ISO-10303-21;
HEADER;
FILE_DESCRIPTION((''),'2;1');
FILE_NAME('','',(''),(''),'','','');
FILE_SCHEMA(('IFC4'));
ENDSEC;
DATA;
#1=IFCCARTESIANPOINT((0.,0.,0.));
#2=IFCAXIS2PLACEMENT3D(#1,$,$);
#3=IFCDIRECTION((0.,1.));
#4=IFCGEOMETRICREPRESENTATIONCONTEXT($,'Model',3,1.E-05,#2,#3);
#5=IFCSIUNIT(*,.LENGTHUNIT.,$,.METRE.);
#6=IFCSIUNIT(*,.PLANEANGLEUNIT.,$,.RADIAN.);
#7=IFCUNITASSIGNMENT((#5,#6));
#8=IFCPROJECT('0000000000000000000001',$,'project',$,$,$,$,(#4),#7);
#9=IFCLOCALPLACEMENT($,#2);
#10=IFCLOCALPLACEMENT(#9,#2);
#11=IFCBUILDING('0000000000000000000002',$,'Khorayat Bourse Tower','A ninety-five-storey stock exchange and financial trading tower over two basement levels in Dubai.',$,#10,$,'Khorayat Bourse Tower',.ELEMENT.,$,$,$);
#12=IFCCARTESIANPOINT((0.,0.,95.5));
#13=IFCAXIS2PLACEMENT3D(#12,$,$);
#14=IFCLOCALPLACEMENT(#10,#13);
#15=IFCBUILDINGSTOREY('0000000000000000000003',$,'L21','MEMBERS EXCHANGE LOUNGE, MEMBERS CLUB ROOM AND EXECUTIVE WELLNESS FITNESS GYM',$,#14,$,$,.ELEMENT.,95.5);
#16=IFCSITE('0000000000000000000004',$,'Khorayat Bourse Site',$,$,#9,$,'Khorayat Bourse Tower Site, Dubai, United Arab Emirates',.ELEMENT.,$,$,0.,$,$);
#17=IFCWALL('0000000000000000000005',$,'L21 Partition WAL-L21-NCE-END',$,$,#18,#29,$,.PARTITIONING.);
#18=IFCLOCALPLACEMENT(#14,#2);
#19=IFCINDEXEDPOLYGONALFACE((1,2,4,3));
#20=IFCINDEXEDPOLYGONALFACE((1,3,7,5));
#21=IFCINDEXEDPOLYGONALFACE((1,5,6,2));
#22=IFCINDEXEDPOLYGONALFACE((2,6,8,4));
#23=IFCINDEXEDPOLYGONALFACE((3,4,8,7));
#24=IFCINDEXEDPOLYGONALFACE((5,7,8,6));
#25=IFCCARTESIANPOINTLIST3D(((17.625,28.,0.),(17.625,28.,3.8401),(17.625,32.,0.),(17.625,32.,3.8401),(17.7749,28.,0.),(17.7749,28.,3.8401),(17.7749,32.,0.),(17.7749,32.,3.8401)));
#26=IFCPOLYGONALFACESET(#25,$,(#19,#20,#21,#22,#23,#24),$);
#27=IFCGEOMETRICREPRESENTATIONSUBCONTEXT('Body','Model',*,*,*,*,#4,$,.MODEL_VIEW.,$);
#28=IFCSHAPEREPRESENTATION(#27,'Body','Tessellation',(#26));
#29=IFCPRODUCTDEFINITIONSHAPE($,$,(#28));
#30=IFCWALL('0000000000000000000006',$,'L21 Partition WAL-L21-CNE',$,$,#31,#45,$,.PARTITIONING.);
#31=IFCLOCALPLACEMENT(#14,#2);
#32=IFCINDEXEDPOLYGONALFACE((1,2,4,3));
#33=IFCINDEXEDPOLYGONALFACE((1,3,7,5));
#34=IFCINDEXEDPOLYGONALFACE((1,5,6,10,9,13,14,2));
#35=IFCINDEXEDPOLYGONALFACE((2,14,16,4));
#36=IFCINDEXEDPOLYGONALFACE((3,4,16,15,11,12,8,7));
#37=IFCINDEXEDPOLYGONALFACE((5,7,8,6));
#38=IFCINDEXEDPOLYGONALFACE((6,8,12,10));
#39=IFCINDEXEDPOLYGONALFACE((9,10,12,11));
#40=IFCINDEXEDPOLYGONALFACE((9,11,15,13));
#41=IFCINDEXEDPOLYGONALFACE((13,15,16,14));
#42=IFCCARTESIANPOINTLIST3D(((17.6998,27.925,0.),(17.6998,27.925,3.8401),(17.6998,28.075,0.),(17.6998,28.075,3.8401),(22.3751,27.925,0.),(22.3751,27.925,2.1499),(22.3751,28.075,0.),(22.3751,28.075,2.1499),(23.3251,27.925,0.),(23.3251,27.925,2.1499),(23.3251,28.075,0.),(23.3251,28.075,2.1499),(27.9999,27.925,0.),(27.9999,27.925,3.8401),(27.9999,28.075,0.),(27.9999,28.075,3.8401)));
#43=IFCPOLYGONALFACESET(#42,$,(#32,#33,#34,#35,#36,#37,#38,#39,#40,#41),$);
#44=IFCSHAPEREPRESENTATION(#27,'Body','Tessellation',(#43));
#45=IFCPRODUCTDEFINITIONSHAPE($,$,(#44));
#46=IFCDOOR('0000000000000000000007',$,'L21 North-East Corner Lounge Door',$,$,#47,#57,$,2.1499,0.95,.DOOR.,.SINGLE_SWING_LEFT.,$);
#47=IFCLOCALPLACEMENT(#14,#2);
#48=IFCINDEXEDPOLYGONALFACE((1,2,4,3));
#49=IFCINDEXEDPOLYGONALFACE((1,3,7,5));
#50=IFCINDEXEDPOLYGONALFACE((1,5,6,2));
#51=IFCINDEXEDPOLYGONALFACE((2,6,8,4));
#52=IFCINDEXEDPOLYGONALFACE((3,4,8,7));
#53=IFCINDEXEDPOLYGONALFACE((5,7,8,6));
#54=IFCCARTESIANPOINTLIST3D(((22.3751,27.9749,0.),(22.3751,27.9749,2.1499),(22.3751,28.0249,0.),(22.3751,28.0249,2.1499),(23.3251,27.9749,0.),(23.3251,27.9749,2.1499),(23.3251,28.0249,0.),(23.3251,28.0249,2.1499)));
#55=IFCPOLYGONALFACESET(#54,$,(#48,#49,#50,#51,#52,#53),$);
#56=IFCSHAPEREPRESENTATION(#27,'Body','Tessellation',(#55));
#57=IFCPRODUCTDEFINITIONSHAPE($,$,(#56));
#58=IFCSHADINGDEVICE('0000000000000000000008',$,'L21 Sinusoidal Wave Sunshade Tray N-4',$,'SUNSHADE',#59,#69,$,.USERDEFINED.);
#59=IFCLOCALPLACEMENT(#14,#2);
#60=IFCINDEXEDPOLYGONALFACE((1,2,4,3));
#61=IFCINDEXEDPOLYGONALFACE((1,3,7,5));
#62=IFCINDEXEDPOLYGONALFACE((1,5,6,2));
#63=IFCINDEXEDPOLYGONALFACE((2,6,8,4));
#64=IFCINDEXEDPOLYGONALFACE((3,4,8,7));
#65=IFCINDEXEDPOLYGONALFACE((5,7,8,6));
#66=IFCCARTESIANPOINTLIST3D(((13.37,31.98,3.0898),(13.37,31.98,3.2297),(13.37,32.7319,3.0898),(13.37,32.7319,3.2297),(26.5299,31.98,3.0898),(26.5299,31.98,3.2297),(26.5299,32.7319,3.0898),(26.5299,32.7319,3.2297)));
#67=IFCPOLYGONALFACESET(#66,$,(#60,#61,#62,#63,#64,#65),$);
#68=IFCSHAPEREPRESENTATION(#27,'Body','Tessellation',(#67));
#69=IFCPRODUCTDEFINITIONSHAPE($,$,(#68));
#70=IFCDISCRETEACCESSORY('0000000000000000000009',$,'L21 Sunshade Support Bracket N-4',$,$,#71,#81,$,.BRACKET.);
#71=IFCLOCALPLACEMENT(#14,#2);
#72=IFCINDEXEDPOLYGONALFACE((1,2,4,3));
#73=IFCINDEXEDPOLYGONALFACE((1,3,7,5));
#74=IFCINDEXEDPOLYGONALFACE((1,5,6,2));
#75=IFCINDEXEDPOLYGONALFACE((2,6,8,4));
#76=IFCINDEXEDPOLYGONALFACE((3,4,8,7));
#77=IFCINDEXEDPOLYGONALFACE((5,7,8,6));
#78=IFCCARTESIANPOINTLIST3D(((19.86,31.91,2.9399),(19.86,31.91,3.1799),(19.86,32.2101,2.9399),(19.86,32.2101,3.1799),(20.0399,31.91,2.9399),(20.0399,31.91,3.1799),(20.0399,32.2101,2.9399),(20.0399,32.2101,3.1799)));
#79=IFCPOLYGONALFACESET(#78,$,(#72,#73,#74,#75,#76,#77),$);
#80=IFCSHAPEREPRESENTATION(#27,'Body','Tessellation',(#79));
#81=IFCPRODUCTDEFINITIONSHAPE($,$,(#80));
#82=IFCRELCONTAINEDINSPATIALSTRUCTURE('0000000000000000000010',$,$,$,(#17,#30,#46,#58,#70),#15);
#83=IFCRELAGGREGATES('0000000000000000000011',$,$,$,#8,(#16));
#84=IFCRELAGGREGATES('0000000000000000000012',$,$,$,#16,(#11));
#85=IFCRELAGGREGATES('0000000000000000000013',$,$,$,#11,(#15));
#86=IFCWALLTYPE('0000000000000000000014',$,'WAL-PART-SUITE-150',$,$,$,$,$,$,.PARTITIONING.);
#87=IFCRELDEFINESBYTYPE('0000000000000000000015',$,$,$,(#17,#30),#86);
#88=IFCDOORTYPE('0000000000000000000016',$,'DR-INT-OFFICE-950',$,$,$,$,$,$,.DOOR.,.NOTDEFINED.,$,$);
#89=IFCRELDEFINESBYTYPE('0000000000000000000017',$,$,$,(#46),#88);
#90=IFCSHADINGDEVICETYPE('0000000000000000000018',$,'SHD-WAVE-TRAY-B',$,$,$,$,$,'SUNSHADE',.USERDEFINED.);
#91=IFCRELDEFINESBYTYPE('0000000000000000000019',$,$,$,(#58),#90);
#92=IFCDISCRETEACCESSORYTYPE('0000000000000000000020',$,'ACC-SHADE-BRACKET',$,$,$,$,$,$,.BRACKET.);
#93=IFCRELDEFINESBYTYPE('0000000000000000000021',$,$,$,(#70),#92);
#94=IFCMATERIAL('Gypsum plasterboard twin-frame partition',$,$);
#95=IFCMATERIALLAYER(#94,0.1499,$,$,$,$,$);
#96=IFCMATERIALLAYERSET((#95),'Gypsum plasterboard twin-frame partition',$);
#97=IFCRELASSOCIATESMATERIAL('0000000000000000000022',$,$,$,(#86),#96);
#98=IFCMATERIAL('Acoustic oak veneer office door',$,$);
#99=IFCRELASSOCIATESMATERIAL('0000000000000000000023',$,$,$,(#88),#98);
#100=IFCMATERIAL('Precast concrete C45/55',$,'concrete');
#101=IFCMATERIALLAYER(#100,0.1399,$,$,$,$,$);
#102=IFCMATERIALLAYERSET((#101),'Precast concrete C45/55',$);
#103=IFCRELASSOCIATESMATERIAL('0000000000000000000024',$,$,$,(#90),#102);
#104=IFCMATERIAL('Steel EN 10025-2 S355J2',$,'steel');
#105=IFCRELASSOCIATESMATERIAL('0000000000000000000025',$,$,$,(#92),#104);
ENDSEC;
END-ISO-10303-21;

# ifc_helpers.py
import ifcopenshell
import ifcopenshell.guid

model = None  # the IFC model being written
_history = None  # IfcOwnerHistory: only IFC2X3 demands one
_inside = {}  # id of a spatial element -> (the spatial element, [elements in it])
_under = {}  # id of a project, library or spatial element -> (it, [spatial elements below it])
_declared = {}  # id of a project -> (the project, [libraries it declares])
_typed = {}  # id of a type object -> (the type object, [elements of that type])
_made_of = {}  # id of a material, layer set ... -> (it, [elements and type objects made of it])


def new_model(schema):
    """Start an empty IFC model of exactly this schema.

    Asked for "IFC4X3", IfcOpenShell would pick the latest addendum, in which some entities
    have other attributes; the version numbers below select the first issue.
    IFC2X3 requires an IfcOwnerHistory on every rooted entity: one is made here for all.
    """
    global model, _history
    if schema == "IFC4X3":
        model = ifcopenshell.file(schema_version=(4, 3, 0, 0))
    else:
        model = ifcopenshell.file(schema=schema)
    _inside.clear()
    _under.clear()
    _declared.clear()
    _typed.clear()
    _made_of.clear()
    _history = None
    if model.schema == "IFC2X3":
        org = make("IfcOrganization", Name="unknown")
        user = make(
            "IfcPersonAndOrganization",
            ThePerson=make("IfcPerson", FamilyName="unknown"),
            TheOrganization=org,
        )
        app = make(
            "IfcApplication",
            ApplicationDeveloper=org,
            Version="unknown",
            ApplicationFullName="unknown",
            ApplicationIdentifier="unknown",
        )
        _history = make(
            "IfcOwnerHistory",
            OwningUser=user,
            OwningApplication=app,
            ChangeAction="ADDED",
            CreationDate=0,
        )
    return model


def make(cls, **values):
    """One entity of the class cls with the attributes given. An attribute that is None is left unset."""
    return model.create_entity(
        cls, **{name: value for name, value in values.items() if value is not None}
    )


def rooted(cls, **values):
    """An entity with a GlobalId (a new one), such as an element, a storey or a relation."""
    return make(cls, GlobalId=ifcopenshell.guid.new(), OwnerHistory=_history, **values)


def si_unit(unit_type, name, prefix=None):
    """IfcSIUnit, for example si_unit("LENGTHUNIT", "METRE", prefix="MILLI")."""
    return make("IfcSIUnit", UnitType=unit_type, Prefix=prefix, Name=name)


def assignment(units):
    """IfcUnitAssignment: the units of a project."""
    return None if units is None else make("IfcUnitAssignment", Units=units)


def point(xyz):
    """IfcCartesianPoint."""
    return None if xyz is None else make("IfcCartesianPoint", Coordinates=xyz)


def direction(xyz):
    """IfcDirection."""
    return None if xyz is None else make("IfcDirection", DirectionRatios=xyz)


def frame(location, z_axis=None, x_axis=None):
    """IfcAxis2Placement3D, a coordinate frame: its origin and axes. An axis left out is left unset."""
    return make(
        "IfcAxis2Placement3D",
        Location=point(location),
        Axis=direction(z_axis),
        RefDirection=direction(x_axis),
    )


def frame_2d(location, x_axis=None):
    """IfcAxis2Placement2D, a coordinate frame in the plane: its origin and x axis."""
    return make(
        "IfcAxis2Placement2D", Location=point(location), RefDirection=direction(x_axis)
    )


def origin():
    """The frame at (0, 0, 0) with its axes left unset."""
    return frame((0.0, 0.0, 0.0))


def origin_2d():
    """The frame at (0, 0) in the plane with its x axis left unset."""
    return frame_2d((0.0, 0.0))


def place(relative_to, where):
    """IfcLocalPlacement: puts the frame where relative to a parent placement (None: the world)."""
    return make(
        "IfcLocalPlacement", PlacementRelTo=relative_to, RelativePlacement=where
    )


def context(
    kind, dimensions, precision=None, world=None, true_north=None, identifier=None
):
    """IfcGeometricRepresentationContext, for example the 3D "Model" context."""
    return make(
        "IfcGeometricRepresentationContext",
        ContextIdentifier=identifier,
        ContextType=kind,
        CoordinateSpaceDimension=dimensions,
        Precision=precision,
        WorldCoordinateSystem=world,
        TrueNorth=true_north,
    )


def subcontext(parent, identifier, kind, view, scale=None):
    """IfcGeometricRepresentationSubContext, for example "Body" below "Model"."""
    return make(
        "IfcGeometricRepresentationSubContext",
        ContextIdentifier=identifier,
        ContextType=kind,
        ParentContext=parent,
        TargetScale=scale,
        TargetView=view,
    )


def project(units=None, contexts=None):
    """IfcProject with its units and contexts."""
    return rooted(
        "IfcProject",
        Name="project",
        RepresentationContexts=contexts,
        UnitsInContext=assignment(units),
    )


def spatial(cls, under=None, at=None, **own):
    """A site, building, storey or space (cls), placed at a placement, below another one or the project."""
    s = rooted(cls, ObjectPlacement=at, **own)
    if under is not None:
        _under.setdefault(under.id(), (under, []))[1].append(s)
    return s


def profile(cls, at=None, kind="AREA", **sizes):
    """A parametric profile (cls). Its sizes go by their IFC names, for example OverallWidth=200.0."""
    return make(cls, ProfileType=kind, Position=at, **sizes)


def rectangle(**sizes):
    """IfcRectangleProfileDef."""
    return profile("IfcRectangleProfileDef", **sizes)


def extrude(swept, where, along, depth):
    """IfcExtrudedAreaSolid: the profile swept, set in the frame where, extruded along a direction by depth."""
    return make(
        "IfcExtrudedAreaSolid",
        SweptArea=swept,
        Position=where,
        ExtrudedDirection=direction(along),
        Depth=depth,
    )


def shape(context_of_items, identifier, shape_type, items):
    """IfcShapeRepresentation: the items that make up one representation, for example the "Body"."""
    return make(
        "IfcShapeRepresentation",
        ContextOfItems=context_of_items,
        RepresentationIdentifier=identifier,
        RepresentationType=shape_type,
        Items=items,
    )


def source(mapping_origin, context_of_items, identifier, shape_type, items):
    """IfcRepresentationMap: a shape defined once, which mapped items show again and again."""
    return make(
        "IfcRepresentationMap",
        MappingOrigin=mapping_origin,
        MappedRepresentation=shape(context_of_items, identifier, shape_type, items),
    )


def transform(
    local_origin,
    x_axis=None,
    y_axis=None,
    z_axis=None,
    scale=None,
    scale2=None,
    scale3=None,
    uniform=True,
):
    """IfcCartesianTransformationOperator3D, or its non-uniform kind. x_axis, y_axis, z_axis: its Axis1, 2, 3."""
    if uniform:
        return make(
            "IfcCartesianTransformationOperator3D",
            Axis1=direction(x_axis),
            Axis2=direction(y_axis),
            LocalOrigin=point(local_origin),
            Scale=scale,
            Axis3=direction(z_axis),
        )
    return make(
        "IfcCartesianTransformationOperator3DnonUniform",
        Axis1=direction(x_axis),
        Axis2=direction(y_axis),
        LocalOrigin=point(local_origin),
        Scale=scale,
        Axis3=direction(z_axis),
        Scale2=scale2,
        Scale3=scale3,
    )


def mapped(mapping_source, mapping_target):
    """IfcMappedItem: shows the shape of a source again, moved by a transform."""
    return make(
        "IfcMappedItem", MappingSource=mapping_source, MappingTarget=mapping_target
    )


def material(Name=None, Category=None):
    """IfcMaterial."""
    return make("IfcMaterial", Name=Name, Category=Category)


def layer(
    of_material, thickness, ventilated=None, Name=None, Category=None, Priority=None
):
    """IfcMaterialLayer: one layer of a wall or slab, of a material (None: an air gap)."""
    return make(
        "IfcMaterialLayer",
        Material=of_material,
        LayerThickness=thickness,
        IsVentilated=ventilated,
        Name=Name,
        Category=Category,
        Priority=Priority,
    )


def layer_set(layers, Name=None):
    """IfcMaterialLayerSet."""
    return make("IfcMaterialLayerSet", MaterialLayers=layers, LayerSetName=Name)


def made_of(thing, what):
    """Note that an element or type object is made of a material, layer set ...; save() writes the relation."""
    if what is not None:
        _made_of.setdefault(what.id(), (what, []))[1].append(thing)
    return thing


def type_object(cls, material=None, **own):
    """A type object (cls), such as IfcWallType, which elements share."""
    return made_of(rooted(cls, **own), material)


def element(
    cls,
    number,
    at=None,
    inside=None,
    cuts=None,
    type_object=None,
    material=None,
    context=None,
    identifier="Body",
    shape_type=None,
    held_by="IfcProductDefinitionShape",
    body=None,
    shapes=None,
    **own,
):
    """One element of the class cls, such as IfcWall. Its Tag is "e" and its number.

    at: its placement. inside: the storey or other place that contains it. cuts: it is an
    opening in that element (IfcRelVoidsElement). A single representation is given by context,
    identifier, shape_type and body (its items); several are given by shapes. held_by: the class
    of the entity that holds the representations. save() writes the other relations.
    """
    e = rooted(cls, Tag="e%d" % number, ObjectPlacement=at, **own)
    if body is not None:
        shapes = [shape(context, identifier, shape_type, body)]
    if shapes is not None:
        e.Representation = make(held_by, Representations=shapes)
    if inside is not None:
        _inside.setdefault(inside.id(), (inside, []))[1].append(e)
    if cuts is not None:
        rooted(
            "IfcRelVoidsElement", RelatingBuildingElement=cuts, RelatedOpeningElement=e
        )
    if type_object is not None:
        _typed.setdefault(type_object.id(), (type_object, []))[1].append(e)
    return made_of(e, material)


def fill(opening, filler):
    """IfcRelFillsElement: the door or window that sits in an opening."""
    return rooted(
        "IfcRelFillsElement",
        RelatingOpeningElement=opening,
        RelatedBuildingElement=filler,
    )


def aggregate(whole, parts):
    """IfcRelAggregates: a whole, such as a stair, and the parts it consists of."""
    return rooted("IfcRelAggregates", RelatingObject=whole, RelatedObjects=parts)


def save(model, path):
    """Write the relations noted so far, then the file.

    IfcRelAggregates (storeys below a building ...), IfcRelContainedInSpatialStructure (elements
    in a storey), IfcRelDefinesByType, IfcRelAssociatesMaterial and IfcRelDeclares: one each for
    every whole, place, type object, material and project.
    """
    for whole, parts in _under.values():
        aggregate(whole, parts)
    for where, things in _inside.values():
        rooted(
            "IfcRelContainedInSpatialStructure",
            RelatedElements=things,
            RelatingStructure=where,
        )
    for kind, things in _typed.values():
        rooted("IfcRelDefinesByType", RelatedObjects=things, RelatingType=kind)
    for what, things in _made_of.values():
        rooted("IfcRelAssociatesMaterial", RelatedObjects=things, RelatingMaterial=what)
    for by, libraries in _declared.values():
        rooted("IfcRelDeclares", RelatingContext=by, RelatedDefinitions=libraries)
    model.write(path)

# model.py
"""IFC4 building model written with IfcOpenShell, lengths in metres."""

from ifc_helpers import new_model, si_unit, direction, frame, frame_2d, origin, origin_2d, place, context, subcontext, project, spatial, rectangle, extrude, source, transform, mapped, material, layer, layer_set, type_object, element, fill, save


model = new_model("IFC4")

# Units and contexts
model_context = context("Model", 3, precision=1e-05, world=origin(), true_north=direction((0.0, 1.0)))
body_context = subcontext(model_context, "Body", "Model", "MODEL_VIEW")
ifc_project = project(units=[si_unit("LENGTHUNIT", "METRE"), si_unit("PLANEANGLEUNIT", "RADIAN")], contexts=[model_context])

# Site, building, storey
site_placement = place(None, origin())
site = spatial("IfcSite", under=ifc_project, at=site_placement, Name="Khorayat Bourse Site", LongName="Khorayat Bourse Tower Site, Dubai, United Arab Emirates", CompositionType="ELEMENT", RefElevation=0.0)
building_placement = place(site_placement, origin())
building = spatial("IfcBuilding", under=site, at=building_placement, Name="Khorayat Bourse Tower", Description="A ninety-five-storey stock exchange and financial trading tower over two basement levels in Dubai.", LongName="Khorayat Bourse Tower", CompositionType="ELEMENT")
storey_placement = place(building_placement, frame((0.0, 0.0, 95.5)))
storey = spatial("IfcBuildingStorey", under=building, at=storey_placement, Name="L21", Description="MEMBERS EXCHANGE LOUNGE, MEMBERS CLUB ROOM AND EXECUTIVE WELLNESS FITNESS GYM", CompositionType="ELEMENT", Elevation=95.5)

# Shared definitions
ifc_material_1 = material(Name="Steel EN 10025-2 S355J2", Category="steel")

# Shared definitions
ifc_material_2 = material(Name="Precast concrete C45/55", Category="concrete")

# Wall
ifc_material_3 = material(Name="Gypsum plasterboard twin-frame partition")
ifc_layer_1 = layer(ifc_material_3, 0.1499)
ifc_layer_set_1 = layer_set([ifc_layer_1], Name="Gypsum plasterboard twin-frame partition")
wall_type_1 = type_object("IfcWallType", Name="WAL-PART-SUITE-150", PredefinedType="PARTITIONING", material=ifc_layer_set_1)
shared_shape_1 = source(origin(), body_context, "Body", "SweptSolid", [
    extrude(rectangle(XDim=4.0, YDim=0.1499, at=frame_2d((2.0, 0.0))), origin(), (0.0, 0.0, 1.0), 3.8401),
])
wall_1_placement = place(storey_placement, frame((17.7, 28.0, 0.0), z_axis=(0.0, 0.0, 1.0), x_axis=(0.0, 1.0, 0.0)))
element("IfcWall", 1, at=wall_1_placement, inside=storey, type_object=wall_type_1, Name="L21 Partition WAL-L21-NCE-END", PredefinedType="PARTITIONING", context=body_context, shape_type="MappedRepresentation", body=[
    mapped(shared_shape_1, transform((0.0, 0.0, 0.0), scale=1.0)),
])

# Wall, opening, door
shared_shape_2 = source(origin(), body_context, "Body", "SweptSolid", [
    extrude(rectangle(XDim=10.3, YDim=0.1499, at=frame_2d((5.1499, 0.0))), origin(), (0.0, 0.0, 1.0), 3.8401),
])
wall_2_placement = place(storey_placement, frame((17.7, 28.0, 0.0), z_axis=(0.0, 0.0, 1.0), x_axis=(1.0, 0.0, 0.0)))
wall_2 = element("IfcWall", 2, at=wall_2_placement, inside=storey, type_object=wall_type_1, Name="L21 Partition WAL-L21-CNE", PredefinedType="PARTITIONING", context=body_context, shape_type="MappedRepresentation", body=[
    mapped(shared_shape_2, transform((0.0, 0.0, 0.0), scale=1.0)),
])
shared_shape_3 = source(origin(), body_context, "Body", "SweptSolid", [
    extrude(rectangle(XDim=0.95, YDim=2.1499, at=frame_2d((0.4751, 1.075))), frame((0.0, 0.085, 0.0), z_axis=(0.0, -1.0, 0.0), x_axis=(1.0, 0.0, 0.0)), (0.0, 0.0, 1.0), 0.1699),
])
opening_1_placement = place(wall_2_placement, frame((4.675, 0.0, 0.0)))
opening_1 = element("IfcOpeningElement", 3, at=opening_1_placement, cuts=wall_2, PredefinedType="OPENING", context=body_context, shape_type="MappedRepresentation", body=[
    mapped(shared_shape_3, transform((0.0, 0.0, 0.0), scale=1.0)),
])
ifc_material_4 = material(Name="Acoustic oak veneer office door")
door_type = type_object("IfcDoorType", Name="DR-INT-OFFICE-950", OperationType="NOTDEFINED", PredefinedType="DOOR", material=ifc_material_4)
shared_shape_4 = source(origin(), body_context, "Body", "SweptSolid", [
    extrude(rectangle(XDim=0.95, YDim=2.1499, at=frame_2d((0.4751, 1.075))), frame((0.0, 0.0249, 0.0), z_axis=(0.0, -1.0, 0.0), x_axis=(1.0, 0.0, 0.0)), (0.0, 0.0, 1.0), 0.05),
])
door_placement = place(opening_1_placement, origin())
door = element("IfcDoor", 4, at=door_placement, inside=storey, type_object=door_type, Name="L21 North-East Corner Lounge Door", OperationType="SINGLE_SWING_LEFT", OverallHeight=2.1499, OverallWidth=0.95, PredefinedType="DOOR", context=body_context, shape_type="MappedRepresentation", body=[
    mapped(shared_shape_4, transform((0.0, 0.0, 0.0), scale=1.0)),
])
fill(opening_1, door)

# Shading device
ifc_layer_2 = layer(ifc_material_2, 0.1399)
ifc_layer_set_2 = layer_set([ifc_layer_2], Name="Precast concrete C45/55")
shading_device_type = type_object("IfcShadingDeviceType", Name="SHD-WAVE-TRAY-B", ElementType="SUNSHADE", PredefinedType="USERDEFINED", material=ifc_layer_set_2)
shared_shape_5 = source(origin(), body_context, "Body", "SweptSolid", [
    extrude(rectangle(XDim=13.1599, YDim=0.752, at=origin_2d()), origin(), (0.0, 0.0, 1.0), 0.1399),
])
shading_device_placement = place(storey_placement, frame((19.95, 32.356, 3.0898), z_axis=(0.0, 0.0, 1.0), x_axis=(1.0, 0.0, 0.0)))
element("IfcShadingDevice", 5, at=shading_device_placement, inside=storey, type_object=shading_device_type, Name="L21 Sinusoidal Wave Sunshade Tray N-4", ObjectType="SUNSHADE", PredefinedType="USERDEFINED", context=body_context, shape_type="MappedRepresentation", body=[
    mapped(shared_shape_5, transform((0.0, 0.0, 0.0), scale=1.0)),
])

# Discrete accessory
discrete_accessory_type = type_object("IfcDiscreteAccessoryType", Name="ACC-SHADE-BRACKET", PredefinedType="BRACKET", material=ifc_material_1)
shared_shape_6 = source(origin(), body_context, "Body", "SweptSolid", [
    extrude(rectangle(XDim=0.1799, YDim=0.3, at=origin_2d()), origin(), (0.0, 0.0, 1.0), 0.24),
])
discrete_accessory_placement = place(storey_placement, frame((19.95, 32.0601, 2.9399), z_axis=(0.0, 0.0, 1.0), x_axis=(1.0, 0.0, 0.0)))
element("IfcDiscreteAccessory", 6, at=discrete_accessory_placement, inside=storey, type_object=discrete_accessory_type, Name="L21 Sunshade Support Bracket N-4", PredefinedType="BRACKET", context=body_context, shape_type="MappedRepresentation", body=[
    mapped(shared_shape_6, transform((0.0, 0.0, 0.0), scale=1.0)),
])

save(model, "model.ifc")
